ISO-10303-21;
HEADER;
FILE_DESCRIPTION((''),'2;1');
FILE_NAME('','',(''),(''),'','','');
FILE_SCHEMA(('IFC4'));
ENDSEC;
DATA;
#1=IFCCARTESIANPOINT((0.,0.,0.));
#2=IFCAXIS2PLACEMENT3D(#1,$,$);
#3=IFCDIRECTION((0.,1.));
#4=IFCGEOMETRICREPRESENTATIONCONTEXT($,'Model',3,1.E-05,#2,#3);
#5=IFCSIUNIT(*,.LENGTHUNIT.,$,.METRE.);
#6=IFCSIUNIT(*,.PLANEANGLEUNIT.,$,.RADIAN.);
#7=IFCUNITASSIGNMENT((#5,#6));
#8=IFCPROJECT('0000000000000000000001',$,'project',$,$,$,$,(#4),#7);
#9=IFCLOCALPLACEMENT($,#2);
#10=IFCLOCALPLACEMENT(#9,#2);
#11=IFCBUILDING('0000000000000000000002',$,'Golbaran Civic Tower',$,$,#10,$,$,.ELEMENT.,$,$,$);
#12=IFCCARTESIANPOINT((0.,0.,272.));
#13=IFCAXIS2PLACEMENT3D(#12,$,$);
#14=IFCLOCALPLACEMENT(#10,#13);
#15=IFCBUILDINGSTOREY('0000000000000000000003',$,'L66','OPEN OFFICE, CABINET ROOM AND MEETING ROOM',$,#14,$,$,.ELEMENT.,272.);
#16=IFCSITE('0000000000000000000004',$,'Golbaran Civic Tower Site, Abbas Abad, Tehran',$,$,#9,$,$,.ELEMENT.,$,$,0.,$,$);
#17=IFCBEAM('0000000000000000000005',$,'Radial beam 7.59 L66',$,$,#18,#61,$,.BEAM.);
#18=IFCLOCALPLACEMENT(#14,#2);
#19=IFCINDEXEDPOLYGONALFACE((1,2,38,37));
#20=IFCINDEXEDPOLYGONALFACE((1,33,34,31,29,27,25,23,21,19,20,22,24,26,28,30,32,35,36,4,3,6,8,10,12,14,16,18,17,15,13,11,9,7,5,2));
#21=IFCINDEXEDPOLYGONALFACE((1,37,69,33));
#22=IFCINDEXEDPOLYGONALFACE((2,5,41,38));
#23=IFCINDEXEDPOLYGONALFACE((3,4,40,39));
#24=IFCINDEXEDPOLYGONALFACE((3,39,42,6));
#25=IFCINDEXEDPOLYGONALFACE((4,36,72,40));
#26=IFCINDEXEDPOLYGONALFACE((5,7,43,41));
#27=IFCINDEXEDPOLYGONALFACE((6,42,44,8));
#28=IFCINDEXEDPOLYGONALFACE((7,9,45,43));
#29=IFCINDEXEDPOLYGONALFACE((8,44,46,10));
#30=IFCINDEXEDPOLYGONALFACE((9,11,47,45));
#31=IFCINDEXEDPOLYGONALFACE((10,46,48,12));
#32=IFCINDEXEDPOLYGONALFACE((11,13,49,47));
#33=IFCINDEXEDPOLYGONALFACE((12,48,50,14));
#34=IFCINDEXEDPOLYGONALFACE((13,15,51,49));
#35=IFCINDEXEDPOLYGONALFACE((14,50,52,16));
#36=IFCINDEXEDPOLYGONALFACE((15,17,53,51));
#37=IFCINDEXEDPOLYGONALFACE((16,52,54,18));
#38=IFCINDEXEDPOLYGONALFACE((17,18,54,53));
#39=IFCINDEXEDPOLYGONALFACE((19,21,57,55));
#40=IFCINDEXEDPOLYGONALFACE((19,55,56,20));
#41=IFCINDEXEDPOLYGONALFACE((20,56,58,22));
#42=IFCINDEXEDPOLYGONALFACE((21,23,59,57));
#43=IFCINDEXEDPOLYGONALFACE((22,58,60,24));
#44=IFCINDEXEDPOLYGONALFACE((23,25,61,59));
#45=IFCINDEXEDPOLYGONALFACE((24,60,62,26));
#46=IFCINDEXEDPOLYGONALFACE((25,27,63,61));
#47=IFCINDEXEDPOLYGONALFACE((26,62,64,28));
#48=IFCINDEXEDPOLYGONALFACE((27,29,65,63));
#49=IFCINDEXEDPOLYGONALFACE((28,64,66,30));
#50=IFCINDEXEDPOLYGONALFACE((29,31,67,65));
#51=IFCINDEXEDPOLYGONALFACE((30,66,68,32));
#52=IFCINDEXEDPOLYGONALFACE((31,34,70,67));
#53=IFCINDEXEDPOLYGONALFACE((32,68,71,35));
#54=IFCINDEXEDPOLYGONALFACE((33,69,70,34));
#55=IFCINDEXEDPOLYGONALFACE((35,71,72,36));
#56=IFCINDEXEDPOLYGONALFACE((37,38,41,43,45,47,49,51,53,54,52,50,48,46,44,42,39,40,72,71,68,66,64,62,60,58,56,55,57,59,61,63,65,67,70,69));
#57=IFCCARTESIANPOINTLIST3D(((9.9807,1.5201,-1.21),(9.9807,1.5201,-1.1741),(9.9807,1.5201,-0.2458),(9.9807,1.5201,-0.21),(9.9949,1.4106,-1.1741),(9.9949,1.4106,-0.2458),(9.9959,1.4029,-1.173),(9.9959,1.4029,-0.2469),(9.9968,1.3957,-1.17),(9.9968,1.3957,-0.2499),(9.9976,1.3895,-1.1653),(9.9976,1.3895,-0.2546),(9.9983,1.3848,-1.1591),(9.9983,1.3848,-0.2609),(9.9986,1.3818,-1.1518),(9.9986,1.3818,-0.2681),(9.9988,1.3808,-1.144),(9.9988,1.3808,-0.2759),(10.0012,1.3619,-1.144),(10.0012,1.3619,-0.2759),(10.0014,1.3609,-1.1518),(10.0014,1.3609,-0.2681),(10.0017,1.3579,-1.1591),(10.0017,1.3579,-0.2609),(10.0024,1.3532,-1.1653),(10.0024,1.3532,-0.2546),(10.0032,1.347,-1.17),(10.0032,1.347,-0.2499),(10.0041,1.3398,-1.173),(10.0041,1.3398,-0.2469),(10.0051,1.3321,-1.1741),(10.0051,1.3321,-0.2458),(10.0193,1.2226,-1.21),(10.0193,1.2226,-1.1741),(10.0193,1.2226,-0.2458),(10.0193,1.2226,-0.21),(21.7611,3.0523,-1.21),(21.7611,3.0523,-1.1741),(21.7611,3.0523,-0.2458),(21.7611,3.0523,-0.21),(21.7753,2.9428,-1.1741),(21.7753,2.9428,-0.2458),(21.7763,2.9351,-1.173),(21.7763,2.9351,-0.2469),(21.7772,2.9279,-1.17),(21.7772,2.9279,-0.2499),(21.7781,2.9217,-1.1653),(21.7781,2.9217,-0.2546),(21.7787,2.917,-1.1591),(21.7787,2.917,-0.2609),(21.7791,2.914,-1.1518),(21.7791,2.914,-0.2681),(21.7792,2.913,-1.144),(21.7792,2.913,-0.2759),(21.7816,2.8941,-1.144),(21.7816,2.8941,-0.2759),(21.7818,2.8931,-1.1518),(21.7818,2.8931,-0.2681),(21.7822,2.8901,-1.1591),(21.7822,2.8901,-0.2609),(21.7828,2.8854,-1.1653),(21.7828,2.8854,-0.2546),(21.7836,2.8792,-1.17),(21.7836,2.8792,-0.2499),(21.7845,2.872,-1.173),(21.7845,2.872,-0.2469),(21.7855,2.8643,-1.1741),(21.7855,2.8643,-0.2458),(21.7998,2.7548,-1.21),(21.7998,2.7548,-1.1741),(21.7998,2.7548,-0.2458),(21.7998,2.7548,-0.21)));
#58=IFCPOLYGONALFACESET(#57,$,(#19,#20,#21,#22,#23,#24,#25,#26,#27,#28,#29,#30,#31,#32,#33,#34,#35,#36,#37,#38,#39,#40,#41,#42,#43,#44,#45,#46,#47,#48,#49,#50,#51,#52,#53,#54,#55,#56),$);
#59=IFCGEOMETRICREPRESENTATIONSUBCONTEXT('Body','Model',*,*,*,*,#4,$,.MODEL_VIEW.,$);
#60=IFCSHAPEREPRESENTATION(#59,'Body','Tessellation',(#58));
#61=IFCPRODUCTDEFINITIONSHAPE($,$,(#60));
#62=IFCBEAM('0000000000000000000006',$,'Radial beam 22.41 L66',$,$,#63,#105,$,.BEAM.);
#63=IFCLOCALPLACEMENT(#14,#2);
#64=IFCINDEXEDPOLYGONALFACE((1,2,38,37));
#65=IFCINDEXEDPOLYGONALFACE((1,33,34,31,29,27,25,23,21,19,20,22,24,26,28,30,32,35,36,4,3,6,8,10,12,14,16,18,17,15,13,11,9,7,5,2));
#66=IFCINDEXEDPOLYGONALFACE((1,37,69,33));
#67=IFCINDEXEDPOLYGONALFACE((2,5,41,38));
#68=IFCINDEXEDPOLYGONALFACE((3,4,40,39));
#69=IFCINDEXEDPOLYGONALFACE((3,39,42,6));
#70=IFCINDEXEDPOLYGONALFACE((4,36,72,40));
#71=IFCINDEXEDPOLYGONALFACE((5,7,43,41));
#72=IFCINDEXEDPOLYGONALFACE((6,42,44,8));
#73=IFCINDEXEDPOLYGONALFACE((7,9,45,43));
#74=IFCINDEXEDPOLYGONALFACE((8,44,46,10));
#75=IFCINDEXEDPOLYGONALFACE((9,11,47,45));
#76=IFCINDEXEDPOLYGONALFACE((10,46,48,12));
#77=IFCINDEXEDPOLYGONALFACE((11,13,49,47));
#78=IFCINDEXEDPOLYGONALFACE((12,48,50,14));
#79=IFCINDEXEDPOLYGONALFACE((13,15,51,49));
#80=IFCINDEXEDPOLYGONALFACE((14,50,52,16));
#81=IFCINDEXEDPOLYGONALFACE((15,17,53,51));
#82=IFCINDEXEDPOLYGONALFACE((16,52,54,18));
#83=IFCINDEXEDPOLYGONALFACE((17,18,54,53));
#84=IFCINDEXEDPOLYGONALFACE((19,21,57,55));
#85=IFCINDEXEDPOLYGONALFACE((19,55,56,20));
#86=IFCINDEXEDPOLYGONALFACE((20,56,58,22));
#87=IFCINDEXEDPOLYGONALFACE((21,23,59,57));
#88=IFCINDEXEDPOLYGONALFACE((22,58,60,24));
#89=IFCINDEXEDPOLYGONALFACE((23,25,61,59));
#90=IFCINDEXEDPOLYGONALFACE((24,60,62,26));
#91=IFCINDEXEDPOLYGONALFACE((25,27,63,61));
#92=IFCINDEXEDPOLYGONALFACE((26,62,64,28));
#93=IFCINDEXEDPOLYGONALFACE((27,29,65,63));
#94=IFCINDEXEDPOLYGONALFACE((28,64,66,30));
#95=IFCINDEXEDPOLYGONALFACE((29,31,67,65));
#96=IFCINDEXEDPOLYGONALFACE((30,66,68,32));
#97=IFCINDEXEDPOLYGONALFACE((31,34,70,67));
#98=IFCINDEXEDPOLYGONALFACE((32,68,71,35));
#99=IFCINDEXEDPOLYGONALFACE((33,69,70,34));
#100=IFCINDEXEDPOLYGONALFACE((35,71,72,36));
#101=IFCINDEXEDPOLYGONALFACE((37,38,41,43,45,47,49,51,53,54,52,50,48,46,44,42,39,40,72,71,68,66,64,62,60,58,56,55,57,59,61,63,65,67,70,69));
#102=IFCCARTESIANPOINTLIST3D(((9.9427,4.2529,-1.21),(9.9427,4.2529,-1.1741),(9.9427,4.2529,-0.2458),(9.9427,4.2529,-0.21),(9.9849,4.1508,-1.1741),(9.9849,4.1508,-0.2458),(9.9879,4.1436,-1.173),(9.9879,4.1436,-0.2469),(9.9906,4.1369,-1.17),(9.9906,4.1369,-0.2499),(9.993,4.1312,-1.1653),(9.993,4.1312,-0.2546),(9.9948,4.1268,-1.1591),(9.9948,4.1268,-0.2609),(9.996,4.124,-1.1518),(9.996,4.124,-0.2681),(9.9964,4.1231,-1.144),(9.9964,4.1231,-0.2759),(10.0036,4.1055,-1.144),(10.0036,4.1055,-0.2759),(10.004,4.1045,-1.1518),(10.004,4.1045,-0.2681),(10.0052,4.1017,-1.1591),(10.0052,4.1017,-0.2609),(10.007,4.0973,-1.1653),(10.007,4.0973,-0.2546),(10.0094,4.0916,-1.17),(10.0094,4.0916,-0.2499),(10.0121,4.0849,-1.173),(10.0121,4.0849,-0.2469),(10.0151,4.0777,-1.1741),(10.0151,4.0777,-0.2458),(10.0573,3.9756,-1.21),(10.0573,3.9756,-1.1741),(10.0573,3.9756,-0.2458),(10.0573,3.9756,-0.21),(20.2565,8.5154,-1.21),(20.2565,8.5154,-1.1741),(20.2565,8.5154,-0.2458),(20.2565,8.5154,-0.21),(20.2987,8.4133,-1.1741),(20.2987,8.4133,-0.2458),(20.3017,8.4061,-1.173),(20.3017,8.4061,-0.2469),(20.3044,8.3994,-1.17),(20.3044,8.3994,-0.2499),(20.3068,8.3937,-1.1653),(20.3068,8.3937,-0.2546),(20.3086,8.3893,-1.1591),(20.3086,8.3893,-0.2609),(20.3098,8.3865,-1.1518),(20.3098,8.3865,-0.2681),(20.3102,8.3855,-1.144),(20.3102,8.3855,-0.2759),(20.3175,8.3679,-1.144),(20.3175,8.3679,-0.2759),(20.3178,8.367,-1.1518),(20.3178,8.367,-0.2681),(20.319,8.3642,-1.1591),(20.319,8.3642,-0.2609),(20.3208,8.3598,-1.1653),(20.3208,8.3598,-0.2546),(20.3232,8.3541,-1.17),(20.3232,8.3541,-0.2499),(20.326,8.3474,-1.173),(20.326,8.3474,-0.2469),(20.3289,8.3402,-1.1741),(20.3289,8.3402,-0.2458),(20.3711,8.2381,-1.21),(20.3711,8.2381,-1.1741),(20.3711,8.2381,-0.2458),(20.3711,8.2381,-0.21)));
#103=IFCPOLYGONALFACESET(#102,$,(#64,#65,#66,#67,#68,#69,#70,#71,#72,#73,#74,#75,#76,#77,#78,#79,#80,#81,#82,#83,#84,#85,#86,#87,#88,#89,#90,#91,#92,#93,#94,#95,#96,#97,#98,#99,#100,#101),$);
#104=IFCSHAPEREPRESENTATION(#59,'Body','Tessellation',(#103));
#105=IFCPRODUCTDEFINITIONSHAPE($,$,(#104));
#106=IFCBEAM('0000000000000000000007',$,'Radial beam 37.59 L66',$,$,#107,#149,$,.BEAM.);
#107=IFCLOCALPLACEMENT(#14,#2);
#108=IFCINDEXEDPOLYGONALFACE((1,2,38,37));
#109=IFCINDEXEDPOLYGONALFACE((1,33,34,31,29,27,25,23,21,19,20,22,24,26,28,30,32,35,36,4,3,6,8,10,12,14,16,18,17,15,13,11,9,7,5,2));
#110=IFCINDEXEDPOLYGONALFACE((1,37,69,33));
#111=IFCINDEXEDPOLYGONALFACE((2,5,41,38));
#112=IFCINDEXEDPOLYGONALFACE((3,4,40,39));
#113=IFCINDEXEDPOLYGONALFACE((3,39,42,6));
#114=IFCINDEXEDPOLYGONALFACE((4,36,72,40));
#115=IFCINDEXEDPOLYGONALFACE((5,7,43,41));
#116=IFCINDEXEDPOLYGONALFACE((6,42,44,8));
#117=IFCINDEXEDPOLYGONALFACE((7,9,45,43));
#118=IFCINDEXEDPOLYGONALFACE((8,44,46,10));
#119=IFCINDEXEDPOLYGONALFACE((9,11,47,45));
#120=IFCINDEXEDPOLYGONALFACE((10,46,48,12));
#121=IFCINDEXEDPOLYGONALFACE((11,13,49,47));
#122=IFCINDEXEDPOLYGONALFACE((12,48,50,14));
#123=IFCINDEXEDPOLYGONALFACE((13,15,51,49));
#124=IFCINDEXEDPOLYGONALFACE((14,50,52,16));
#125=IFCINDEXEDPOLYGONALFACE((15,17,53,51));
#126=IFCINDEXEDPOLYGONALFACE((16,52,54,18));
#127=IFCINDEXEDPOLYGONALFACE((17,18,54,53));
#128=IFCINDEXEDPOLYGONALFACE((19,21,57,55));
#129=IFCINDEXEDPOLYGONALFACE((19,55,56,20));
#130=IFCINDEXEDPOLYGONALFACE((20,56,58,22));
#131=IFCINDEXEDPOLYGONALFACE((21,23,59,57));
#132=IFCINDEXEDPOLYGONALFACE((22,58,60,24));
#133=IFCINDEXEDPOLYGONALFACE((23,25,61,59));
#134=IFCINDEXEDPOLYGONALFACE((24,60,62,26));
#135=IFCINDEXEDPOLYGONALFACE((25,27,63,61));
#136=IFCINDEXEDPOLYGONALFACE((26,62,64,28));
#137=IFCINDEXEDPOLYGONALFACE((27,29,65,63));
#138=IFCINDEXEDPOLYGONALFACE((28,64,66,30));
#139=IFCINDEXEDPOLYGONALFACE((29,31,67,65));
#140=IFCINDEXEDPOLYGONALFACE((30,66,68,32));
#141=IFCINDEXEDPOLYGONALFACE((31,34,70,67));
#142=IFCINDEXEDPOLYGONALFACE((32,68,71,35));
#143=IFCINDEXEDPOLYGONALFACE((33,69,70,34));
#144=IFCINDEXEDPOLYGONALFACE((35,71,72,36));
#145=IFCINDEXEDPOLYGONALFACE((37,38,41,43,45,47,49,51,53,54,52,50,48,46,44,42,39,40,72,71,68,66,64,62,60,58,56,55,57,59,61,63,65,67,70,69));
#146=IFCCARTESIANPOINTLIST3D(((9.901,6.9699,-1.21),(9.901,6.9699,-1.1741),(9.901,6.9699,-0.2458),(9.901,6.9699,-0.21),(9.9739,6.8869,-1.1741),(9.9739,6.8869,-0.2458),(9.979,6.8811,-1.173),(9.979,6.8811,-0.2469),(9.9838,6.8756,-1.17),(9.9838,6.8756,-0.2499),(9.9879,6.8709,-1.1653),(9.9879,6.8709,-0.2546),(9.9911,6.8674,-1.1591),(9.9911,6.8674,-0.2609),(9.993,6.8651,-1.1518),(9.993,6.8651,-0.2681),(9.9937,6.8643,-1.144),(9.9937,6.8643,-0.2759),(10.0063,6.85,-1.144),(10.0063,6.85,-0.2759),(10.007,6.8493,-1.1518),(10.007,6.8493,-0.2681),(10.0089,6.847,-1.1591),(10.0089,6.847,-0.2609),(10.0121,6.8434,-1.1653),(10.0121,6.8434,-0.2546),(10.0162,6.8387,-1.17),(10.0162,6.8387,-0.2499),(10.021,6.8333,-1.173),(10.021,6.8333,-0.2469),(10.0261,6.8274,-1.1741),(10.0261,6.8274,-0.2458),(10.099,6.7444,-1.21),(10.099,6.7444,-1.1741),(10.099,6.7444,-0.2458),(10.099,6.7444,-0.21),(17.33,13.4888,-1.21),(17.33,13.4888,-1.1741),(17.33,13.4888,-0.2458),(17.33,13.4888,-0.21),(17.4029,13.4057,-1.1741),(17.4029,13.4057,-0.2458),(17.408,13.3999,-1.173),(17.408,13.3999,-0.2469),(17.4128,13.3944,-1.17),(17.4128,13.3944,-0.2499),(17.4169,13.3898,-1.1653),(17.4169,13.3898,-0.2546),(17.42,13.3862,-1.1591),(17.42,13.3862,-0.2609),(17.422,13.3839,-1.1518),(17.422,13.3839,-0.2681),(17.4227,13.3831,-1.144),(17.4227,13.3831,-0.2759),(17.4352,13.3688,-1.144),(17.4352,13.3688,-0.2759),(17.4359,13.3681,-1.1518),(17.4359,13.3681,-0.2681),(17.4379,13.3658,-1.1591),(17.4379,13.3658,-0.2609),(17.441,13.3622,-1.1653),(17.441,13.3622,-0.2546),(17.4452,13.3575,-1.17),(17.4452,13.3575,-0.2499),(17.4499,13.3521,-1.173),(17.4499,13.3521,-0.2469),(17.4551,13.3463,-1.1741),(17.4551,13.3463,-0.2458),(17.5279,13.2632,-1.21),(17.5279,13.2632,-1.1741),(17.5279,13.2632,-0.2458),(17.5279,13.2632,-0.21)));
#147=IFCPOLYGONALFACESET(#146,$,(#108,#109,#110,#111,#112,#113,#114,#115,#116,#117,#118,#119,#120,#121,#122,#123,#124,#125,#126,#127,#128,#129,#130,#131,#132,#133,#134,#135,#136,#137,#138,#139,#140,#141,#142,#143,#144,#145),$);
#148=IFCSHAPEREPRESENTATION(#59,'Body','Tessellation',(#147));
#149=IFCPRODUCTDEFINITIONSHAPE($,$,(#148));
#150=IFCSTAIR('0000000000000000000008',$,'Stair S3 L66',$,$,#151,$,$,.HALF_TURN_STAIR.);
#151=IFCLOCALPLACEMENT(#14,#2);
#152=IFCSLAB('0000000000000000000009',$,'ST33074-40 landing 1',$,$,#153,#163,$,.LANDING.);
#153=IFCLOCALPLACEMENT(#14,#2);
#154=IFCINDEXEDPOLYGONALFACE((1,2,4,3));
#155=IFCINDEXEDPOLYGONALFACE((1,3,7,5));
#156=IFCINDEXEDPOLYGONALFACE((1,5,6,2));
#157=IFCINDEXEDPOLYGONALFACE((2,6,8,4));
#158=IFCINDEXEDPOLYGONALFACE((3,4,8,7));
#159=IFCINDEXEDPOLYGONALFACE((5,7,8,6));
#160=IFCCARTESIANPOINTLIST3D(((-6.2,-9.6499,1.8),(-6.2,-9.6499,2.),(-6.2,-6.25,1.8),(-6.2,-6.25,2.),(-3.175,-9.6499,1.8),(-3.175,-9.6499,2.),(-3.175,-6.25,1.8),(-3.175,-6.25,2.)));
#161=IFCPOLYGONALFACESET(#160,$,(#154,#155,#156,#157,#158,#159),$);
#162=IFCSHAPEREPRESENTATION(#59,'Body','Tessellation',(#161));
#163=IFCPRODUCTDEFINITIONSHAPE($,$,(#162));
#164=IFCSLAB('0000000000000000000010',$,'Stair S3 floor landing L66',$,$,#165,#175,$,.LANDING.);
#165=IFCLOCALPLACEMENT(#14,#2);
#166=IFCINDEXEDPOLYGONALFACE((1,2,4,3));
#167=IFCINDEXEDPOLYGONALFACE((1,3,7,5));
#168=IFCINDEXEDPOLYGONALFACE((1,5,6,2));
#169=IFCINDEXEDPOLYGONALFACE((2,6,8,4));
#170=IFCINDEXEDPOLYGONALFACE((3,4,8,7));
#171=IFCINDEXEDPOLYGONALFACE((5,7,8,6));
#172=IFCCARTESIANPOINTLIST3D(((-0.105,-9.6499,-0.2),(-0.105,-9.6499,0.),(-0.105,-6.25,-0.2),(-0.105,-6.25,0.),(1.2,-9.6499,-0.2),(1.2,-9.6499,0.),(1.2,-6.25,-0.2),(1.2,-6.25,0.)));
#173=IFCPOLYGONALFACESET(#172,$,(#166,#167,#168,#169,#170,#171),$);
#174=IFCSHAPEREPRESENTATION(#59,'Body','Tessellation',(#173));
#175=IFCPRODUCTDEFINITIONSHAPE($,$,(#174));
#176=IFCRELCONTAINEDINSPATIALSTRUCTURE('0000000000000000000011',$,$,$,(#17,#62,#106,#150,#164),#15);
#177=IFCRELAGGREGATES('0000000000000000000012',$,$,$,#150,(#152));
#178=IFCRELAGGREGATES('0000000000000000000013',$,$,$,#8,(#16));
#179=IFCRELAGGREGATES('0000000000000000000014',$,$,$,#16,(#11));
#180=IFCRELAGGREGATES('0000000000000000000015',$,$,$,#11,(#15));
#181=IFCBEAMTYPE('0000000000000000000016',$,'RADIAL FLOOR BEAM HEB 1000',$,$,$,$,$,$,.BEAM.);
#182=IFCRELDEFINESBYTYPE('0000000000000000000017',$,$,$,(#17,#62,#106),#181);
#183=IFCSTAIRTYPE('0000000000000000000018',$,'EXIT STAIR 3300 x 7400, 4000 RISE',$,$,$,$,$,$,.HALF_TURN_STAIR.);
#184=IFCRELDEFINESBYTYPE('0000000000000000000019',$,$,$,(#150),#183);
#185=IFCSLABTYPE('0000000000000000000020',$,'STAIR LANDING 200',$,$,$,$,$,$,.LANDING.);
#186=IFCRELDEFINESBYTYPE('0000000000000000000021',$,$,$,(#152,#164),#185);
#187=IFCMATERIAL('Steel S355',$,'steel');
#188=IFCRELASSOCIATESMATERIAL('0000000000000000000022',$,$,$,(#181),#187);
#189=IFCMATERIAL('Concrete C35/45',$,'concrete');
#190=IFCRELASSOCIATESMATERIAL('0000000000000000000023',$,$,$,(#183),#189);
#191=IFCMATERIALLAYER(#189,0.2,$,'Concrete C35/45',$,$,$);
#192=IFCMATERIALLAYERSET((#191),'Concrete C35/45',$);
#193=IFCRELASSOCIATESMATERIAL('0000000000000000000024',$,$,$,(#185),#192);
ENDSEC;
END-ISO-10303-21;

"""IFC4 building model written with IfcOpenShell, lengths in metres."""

from ifc_helpers import new_model, si_unit, direction, frame, origin, origin_2d, place, context, subcontext, project, spatial, polyline, i_section, outline, extrude, material, layer, layer_set, material_profile, profile_set, type_object, element, aggregate, save


model = new_model("IFC4")

# Units and contexts
model_context = context("Model", 3, precision=1e-05, world=origin(), true_north=direction((0.0, 1.0)))
body_context = subcontext(model_context, "Body", "Model", "MODEL_VIEW")
ifc_project = project(units=[si_unit("LENGTHUNIT", "METRE"), si_unit("PLANEANGLEUNIT", "RADIAN")], contexts=[model_context])

# Site, building, storey
site_placement = place(None, origin())
site = spatial("IfcSite", under=ifc_project, at=site_placement, Name="Golbaran Civic Tower Site, Abbas Abad, Tehran", CompositionType="ELEMENT", RefElevation=0.0)
building_placement = place(site_placement, origin())
building = spatial("IfcBuilding", under=site, at=building_placement, Name="Golbaran Civic Tower", CompositionType="ELEMENT")
storey_placement = place(building_placement, frame((0.0, 0.0, 272.0)))
storey = spatial("IfcBuildingStorey", under=building, at=storey_placement, Name="L66", Description="OPEN OFFICE, CABINET ROOM AND MEETING ROOM", CompositionType="ELEMENT", Elevation=272.0)

# Beams
ifc_material_1 = material(Name="Steel S355", Category="steel")
ifc_material_profile = material_profile(ifc_material_1, i_section(OverallWidth=0.3, OverallDepth=1.0, WebThickness=0.019, FlangeThickness=0.0359, FilletRadius=0.03, at=origin_2d()), Name="HEB 1000")
ifc_profile_set = profile_set([ifc_material_profile], Name="Steel S355")
beam_type = type_object("IfcBeamType", Name="RADIAL FLOOR BEAM HEB 1000", PredefinedType="BEAM", material=ifc_profile_set)
beam_1_placement = place(storey_placement, frame((10.0, 1.3713, -0.71), z_axis=(0.991647, 0.128978, 0.0), x_axis=(-0.128978, 0.991647, 0.0)))
element("IfcBeam", 1, at=beam_1_placement, inside=storey, type_object=beam_type, Name="Radial beam 7.59 L66", PredefinedType="BEAM", context=body_context, shape_type="SweptSolid", body=[
    extrude(i_section(OverallWidth=0.3, OverallDepth=1.0, WebThickness=0.019, FlangeThickness=0.0359, FilletRadius=0.03, at=origin_2d()), origin(), (0.0, 0.0, 1.0), 11.8796),
])
beam_2_placement = place(storey_placement, frame((10.0, 4.1143, -0.71), z_axis=(0.924184, 0.381947, 0.0), x_axis=(-0.381947, 0.924184, 0.0)))
element("IfcBeam", 2, at=beam_2_placement, inside=storey, type_object=beam_type, Name="Radial beam 22.41 L66", PredefinedType="BEAM", context=body_context, shape_type="SweptSolid", body=[
    extrude(i_section(OverallWidth=0.3, OverallDepth=1.0, WebThickness=0.019, FlangeThickness=0.0359, FilletRadius=0.03, at=origin_2d()), origin(), (0.0, 0.0, 1.0), 11.1599),
])
beam_3_placement = place(storey_placement, frame((10.0, 6.8572, -0.71), z_axis=(0.75165, 0.659562, 0.0), x_axis=(-0.659562, 0.75165, 0.0)))
element("IfcBeam", 3, at=beam_3_placement, inside=storey, type_object=beam_type, Name="Radial beam 37.59 L66", PredefinedType="BEAM", context=body_context, shape_type="SweptSolid", body=[
    extrude(i_section(OverallWidth=0.3, OverallDepth=1.0, WebThickness=0.019, FlangeThickness=0.0359, FilletRadius=0.03, at=origin_2d()), origin(), (0.0, 0.0, 1.0), 9.8835),
])

# Stair, slab
ifc_material_2 = material(Name="Concrete C35/45", Category="concrete")
stair_type = type_object("IfcStairType", Name="EXIT STAIR 3300 x 7400, 4000 RISE", PredefinedType="HALF_TURN_STAIR", material=ifc_material_2)
stair_placement = place(storey_placement, origin())
stair = element("IfcStair", 4, at=stair_placement, inside=storey, type_object=stair_type, Name="Stair S3 L66", PredefinedType="HALF_TURN_STAIR")
ifc_layer_1 = layer(ifc_material_2, 0.2, Name="Concrete C35/45")
ifc_layer_set_1 = layer_set([ifc_layer_1], Name="Concrete C35/45")
slab_type = type_object("IfcSlabType", Name="STAIR LANDING 200", PredefinedType="LANDING", material=ifc_layer_set_1)
slab_1_placement = place(storey_placement, frame((0.0, 0.0, 1.8)))
slab_1 = element("IfcSlab", 5, at=slab_1_placement, type_object=slab_type, Name="ST33074-40 landing 1", PredefinedType="LANDING", context=body_context, shape_type="SweptSolid", body=[
    extrude(outline(polyline([(-3.175, -9.6499), (-6.2, -9.6499), (-6.2, -6.25), (-3.175, -6.25), (-3.175, -9.6499)])), origin(), (0.0, 0.0, 1.0), 0.2),
])
aggregate(stair, [slab_1])

# Slab
slab_2_placement = place(storey_placement, frame((0.0, 0.0, -0.2)))
element("IfcSlab", 6, at=slab_2_placement, inside=storey, type_object=slab_type, Name="Stair S3 floor landing L66", PredefinedType="LANDING", context=body_context, shape_type="SweptSolid", body=[
    extrude(outline(polyline([(1.2, -9.6499), (-0.105, -9.6499), (-0.105, -6.25), (1.2, -6.25), (1.2, -9.6499)])), origin(), (0.0, 0.0, 1.0), 0.2),
])

save(model, "model.ifc")
